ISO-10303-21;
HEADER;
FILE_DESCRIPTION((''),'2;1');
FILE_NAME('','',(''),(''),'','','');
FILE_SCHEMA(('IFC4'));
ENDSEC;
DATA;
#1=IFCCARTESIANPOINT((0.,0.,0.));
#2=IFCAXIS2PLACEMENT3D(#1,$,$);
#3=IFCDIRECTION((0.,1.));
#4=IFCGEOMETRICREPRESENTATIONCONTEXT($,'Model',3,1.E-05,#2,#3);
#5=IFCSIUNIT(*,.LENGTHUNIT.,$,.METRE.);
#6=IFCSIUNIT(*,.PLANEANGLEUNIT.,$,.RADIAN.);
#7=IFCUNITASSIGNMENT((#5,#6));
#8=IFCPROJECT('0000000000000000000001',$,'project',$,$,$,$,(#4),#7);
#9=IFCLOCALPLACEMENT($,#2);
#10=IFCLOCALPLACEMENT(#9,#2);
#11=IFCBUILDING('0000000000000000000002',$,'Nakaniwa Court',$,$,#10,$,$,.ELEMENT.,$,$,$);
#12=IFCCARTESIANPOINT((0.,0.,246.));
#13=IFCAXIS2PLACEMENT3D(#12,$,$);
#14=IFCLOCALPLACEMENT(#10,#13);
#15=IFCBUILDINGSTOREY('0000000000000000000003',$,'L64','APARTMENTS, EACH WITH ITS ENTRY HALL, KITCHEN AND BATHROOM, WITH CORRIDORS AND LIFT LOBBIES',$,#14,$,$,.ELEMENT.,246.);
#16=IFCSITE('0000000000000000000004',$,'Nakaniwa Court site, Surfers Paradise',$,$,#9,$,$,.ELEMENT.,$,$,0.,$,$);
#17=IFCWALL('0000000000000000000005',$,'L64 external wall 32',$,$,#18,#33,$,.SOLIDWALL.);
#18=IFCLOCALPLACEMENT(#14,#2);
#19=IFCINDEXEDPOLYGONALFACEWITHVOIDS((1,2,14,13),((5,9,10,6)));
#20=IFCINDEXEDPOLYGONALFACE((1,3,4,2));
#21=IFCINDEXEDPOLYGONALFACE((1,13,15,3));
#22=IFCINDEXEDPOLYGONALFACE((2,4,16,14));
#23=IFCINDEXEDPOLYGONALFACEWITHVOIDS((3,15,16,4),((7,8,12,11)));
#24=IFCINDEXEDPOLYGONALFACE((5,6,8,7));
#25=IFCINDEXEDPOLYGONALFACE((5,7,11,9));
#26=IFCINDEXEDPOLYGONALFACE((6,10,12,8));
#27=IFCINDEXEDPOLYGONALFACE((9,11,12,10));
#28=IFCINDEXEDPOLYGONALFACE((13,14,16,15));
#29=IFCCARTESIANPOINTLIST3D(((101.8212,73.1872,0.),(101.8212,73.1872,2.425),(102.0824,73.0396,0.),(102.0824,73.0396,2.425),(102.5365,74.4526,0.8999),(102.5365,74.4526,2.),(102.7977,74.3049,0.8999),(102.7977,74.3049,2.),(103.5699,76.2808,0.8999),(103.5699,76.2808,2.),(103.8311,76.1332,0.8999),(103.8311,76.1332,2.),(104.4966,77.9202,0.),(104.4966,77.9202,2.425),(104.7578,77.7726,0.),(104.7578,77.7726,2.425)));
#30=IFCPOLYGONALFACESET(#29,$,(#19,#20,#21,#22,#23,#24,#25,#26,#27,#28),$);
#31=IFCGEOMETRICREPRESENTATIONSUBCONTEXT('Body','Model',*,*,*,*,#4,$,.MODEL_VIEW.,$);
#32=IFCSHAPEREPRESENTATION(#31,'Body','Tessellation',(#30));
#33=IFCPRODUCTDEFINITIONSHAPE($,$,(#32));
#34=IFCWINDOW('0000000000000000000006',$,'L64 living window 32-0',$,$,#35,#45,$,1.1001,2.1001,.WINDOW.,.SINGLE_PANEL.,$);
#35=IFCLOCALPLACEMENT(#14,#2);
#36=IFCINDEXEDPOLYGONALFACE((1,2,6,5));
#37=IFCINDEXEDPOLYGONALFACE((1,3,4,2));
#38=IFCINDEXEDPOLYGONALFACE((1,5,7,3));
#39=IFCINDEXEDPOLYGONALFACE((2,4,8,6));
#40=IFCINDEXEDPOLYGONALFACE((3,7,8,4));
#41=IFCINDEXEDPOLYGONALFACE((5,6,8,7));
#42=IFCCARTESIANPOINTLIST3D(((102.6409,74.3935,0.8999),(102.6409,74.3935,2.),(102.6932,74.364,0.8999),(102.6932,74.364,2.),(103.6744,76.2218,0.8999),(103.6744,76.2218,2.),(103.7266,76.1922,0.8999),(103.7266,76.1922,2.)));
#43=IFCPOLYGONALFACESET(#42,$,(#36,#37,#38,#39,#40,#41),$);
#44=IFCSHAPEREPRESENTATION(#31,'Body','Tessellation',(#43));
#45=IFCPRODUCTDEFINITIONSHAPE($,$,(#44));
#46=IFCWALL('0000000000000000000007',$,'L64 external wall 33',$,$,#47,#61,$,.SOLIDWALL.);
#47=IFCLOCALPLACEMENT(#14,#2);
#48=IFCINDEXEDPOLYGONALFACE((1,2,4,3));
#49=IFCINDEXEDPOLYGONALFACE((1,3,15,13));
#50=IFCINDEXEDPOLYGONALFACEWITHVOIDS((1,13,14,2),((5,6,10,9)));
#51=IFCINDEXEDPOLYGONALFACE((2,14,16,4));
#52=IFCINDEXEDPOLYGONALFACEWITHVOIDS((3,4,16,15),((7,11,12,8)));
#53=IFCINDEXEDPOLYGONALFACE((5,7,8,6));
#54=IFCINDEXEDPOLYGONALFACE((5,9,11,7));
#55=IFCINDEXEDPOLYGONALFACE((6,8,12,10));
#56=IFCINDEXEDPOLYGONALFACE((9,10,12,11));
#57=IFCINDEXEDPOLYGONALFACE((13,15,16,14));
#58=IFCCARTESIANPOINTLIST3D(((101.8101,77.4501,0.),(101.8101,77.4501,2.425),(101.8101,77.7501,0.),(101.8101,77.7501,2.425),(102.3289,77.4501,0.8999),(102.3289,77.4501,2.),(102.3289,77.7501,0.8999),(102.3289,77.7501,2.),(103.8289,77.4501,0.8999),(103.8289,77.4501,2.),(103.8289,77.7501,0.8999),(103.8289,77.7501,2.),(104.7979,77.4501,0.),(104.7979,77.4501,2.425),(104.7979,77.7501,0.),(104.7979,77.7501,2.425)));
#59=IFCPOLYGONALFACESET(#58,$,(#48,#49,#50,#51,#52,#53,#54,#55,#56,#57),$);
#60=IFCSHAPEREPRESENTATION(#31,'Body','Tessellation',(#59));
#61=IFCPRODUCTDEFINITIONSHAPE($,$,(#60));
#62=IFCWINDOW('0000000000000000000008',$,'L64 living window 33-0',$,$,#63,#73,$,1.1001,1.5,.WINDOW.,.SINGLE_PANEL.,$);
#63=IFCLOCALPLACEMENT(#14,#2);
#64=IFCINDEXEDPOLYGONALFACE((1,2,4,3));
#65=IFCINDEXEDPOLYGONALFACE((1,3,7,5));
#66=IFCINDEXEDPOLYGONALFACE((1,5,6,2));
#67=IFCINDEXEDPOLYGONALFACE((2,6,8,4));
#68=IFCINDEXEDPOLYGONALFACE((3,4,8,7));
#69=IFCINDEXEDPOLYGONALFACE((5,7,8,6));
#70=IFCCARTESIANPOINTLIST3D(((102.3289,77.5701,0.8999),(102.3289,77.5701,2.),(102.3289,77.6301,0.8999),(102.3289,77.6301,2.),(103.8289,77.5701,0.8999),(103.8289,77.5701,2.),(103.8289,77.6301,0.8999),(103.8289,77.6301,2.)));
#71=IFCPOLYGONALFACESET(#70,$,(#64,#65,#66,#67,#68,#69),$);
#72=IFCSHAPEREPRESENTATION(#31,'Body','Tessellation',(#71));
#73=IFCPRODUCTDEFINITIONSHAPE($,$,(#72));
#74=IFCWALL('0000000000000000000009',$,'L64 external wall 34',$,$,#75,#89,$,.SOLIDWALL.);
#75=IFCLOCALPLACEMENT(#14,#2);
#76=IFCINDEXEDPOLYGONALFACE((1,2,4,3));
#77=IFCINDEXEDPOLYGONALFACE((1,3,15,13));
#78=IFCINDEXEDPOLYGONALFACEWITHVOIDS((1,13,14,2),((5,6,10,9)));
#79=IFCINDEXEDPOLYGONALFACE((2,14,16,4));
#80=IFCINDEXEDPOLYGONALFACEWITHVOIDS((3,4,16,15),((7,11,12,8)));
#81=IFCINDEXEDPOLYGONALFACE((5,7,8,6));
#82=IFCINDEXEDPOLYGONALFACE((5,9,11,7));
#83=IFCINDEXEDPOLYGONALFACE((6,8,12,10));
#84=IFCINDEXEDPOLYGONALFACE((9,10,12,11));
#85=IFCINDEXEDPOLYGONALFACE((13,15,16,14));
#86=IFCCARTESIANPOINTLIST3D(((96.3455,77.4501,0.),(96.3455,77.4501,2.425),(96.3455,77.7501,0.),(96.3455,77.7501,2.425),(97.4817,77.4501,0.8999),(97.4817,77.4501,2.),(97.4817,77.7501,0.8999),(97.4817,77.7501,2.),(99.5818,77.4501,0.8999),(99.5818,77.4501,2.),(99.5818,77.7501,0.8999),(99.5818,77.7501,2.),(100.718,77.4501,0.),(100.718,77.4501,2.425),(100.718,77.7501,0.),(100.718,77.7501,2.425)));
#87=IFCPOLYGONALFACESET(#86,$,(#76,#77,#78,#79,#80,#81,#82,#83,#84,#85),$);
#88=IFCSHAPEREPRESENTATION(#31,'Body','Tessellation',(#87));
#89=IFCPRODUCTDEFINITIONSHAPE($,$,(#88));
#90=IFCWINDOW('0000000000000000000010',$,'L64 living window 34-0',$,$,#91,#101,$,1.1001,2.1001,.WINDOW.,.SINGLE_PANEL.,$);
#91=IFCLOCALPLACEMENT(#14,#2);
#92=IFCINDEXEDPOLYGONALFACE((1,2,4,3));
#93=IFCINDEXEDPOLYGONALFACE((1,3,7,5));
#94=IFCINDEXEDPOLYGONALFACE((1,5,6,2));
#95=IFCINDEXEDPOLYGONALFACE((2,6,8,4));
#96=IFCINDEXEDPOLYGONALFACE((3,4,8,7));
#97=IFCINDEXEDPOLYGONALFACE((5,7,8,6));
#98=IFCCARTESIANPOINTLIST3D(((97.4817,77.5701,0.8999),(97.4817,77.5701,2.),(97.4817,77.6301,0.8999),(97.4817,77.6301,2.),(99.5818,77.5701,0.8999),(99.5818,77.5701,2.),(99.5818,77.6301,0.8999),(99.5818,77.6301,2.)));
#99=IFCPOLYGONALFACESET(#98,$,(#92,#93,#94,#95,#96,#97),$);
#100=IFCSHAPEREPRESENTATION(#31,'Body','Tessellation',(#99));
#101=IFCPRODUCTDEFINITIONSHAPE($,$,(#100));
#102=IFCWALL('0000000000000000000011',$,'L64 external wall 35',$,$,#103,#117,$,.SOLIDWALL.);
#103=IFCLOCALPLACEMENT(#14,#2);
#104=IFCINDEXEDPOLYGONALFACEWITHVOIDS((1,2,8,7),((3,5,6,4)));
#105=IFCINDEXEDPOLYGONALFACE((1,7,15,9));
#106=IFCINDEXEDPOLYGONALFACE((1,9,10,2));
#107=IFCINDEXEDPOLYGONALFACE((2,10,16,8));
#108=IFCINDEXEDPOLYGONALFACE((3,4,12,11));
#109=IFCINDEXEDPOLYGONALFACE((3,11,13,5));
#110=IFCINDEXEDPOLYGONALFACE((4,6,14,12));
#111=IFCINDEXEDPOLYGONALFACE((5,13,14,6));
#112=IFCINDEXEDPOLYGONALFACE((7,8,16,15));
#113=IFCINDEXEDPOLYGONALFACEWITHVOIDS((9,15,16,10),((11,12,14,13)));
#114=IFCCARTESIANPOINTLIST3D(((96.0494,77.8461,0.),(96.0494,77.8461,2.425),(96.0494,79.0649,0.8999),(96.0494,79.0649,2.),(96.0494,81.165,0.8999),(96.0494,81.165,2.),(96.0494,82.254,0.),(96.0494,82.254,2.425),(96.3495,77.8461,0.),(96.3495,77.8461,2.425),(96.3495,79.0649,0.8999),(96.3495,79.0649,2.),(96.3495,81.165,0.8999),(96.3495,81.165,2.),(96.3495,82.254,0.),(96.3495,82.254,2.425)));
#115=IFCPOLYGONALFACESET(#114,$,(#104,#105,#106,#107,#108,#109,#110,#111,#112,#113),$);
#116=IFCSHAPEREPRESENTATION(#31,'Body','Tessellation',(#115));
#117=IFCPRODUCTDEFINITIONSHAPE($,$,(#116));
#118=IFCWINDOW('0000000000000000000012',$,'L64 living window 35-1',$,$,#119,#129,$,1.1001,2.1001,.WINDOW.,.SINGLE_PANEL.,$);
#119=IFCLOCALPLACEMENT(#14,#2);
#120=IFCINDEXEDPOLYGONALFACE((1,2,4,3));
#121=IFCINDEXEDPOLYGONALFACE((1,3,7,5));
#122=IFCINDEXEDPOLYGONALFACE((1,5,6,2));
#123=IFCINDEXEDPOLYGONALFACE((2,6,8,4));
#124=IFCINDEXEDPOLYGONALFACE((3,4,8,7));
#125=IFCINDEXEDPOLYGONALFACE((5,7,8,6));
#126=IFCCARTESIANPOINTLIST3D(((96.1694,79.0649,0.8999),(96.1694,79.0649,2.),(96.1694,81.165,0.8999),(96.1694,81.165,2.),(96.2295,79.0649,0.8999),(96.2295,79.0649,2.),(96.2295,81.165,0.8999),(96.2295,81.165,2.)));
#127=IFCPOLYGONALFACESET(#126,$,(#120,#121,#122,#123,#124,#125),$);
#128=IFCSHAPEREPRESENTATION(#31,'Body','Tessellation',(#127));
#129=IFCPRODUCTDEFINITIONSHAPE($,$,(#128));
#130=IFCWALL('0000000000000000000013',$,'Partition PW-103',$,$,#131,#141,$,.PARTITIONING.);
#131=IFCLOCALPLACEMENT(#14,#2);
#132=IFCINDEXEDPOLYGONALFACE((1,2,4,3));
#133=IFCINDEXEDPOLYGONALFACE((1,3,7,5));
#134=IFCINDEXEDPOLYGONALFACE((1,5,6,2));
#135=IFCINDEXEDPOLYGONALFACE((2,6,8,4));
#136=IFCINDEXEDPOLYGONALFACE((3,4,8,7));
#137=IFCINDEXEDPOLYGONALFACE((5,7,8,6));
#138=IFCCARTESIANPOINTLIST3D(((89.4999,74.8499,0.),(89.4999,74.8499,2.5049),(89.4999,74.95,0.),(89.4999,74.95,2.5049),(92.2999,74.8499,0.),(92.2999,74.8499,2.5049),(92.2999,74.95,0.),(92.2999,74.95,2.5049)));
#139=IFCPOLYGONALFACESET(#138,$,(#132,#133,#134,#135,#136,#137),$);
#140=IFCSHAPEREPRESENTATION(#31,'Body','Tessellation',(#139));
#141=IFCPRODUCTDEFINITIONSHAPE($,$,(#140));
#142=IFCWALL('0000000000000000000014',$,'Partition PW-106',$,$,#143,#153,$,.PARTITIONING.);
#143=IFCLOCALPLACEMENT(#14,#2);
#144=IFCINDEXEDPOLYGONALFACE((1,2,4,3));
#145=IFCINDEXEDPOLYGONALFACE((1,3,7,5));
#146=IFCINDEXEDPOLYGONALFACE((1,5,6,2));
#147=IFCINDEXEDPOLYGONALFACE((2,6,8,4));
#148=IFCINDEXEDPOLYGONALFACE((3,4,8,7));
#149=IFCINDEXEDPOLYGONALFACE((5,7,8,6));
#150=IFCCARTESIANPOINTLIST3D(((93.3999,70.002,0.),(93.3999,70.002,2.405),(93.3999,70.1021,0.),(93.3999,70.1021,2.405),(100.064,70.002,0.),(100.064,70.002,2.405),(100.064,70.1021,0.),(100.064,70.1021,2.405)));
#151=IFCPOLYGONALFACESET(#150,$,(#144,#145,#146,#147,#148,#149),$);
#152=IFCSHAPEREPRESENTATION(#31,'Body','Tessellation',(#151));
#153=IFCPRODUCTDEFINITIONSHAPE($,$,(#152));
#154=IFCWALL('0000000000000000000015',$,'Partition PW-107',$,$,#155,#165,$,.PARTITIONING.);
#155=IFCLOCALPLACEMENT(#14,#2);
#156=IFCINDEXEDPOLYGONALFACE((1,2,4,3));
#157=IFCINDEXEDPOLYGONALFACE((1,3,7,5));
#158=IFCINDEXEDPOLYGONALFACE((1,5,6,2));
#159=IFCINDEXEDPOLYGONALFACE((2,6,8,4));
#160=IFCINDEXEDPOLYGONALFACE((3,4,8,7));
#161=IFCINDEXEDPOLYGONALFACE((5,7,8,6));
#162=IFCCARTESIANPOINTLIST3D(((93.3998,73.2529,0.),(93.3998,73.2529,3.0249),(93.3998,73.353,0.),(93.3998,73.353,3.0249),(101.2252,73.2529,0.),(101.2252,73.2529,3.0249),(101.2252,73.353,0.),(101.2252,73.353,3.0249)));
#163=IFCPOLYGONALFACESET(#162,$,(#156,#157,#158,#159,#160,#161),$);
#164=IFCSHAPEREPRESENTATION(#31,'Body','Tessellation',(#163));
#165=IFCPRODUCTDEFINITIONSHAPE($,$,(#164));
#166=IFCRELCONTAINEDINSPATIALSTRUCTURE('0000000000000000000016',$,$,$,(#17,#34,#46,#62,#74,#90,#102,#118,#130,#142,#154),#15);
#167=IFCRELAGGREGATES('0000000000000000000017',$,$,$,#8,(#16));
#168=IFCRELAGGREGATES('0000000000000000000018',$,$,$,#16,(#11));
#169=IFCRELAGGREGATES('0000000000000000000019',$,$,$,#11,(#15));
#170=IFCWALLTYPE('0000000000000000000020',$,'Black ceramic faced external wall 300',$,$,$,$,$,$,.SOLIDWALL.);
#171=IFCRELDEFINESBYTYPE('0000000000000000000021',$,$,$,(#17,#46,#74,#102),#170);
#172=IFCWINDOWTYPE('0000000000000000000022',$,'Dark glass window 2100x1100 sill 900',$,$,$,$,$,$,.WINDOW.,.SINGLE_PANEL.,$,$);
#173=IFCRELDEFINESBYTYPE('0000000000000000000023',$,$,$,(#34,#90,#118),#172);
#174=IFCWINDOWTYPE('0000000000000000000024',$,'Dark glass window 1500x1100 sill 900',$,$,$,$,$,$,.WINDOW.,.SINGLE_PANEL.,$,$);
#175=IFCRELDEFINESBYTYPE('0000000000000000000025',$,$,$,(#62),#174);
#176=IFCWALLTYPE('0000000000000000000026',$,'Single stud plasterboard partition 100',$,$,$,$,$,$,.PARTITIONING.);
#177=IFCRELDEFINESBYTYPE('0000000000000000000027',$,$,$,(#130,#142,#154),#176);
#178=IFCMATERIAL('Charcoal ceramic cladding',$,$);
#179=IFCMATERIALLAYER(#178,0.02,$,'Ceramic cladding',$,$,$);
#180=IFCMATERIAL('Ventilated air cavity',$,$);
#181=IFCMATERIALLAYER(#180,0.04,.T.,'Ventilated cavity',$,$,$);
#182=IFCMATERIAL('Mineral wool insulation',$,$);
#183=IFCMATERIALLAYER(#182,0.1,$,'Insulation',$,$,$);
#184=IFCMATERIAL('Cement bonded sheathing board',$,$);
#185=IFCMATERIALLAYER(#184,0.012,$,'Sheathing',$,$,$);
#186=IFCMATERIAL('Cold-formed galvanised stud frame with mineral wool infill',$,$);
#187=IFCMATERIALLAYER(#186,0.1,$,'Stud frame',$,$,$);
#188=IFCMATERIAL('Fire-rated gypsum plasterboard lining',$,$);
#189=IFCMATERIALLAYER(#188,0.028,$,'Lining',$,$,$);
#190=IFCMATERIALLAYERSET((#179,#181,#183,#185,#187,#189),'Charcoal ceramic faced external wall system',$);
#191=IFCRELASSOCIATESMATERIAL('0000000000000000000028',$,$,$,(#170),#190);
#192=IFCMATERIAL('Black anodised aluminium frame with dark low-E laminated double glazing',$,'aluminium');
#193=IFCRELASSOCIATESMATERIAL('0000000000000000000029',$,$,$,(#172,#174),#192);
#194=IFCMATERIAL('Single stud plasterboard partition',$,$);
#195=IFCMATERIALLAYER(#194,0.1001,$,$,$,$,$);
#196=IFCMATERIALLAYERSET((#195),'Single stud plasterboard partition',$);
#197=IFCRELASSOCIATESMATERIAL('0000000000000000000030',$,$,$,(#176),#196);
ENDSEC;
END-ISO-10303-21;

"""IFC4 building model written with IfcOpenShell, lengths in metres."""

from ifc_helpers import new_model, si_unit, direction, frame, frame_2d, origin, place, context, subcontext, project, spatial, rectangle, extrude, material, layer, layer_set, type_object, element, fill, save


model = new_model("IFC4")

# Units and contexts
model_context = context("Model", 3, precision=1e-05, world=origin(), true_north=direction((0.0, 1.0)))
body_context = subcontext(model_context, "Body", "Model", "MODEL_VIEW")
ifc_project = project(units=[si_unit("LENGTHUNIT", "METRE"), si_unit("PLANEANGLEUNIT", "RADIAN")], contexts=[model_context])

# Site, building, storey
site_placement = place(None, origin())
site = spatial("IfcSite", under=ifc_project, at=site_placement, Name="Nakaniwa Court site, Surfers Paradise", CompositionType="ELEMENT", RefElevation=0.0)
building_placement = place(site_placement, origin())
building = spatial("IfcBuilding", under=site, at=building_placement, Name="Nakaniwa Court", CompositionType="ELEMENT")
storey_placement = place(building_placement, frame((0.0, 0.0, 246.0)))
storey = spatial("IfcBuildingStorey", under=building, at=storey_placement, Name="L64", Description="APARTMENTS, EACH WITH ITS ENTRY HALL, KITCHEN AND BATHROOM, WITH CORRIDORS AND LIFT LOBBIES", CompositionType="ELEMENT", Elevation=246.0)

# Walls, openings, windows
ifc_material_1 = material(Name="Charcoal ceramic cladding")
ifc_layer_1 = layer(ifc_material_1, 0.02, Name="Ceramic cladding")
ifc_material_2 = material(Name="Ventilated air cavity")
ifc_layer_2 = layer(ifc_material_2, 0.04, ventilated=True, Name="Ventilated cavity")
ifc_material_3 = material(Name="Mineral wool insulation")
ifc_layer_3 = layer(ifc_material_3, 0.1, Name="Insulation")
ifc_material_4 = material(Name="Cement bonded sheathing board")
ifc_layer_4 = layer(ifc_material_4, 0.012, Name="Sheathing")
ifc_material_5 = material(Name="Cold-formed galvanised stud frame with mineral wool infill")
ifc_layer_5 = layer(ifc_material_5, 0.1, Name="Stud frame")
ifc_material_6 = material(Name="Fire-rated gypsum plasterboard lining")
ifc_layer_6 = layer(ifc_material_6, 0.028, Name="Lining")
ifc_layer_set_1 = layer_set([ifc_layer_1, ifc_layer_2, ifc_layer_3, ifc_layer_4, ifc_layer_5, ifc_layer_6], Name="Charcoal ceramic faced external wall system")
wall_type_1 = type_object("IfcWallType", Name="Black ceramic faced external wall 300", PredefinedType="SOLIDWALL", material=ifc_layer_set_1)
wall_1_placement = place(storey_placement, frame((101.9519, 73.1135, 0.0), z_axis=(0.0, 0.0, 1.0), x_axis=(0.492081, 0.870549, 0.0)))
wall_1 = element("IfcWall", 1, at=wall_1_placement, inside=storey, type_object=wall_type_1, Name="L64 external wall 32", PredefinedType="SOLIDWALL", context=body_context, shape_type="SweptSolid", body=[
    extrude(rectangle(XDim=5.4368, YDim=0.3, at=frame_2d((2.7183, 0.0))), origin(), (0.0, 0.0, 1.0), 2.425),
])
opening_1_placement = place(wall_1_placement, frame((1.4534, 0.0, 0.8999)))
opening_1 = element("IfcOpeningElement", 2, at=opening_1_placement, cuts=wall_1, PredefinedType="OPENING", context=body_context, shape_type="SweptSolid", body=[
    extrude(rectangle(XDim=2.1001, YDim=1.1001, at=frame_2d((1.05, 0.55))), frame((0.0, 0.1599, 0.0), z_axis=(0.0, -1.0, 0.0), x_axis=(1.0, 0.0, 0.0)), (0.0, 0.0, 1.0), 0.3201),
])
ifc_material_7 = material(Name="Black anodised aluminium frame with dark low-E laminated double glazing", Category="aluminium")
window_type_1 = type_object("IfcWindowType", Name="Dark glass window 2100x1100 sill 900", PartitioningType="SINGLE_PANEL", PredefinedType="WINDOW", material=ifc_material_7)
window_1_placement = place(opening_1_placement, origin())
window_1 = element("IfcWindow", 3, at=window_1_placement, inside=storey, type_object=window_type_1, Name="L64 living window 32-0", OverallHeight=1.1001, OverallWidth=2.1001, PartitioningType="SINGLE_PANEL", PredefinedType="WINDOW", context=body_context, shape_type="SweptSolid", body=[
    extrude(rectangle(XDim=2.1001, YDim=1.1001, at=frame_2d((1.05, 0.55))), frame((0.0, 0.03, 0.0), z_axis=(0.0, -1.0, 0.0), x_axis=(1.0, 0.0, 0.0)), (0.0, 0.0, 1.0), 0.0601),
])
fill(opening_1, window_1)
wall_2_placement = place(storey_placement, frame((104.7979, 77.6001, 0.0), z_axis=(0.0, 0.0, 1.0), x_axis=(-1.0, 0.0, 0.0)))
wall_2 = element("IfcWall", 4, at=wall_2_placement, inside=storey, type_object=wall_type_1, Name="L64 external wall 33", PredefinedType="SOLIDWALL", context=body_context, shape_type="SweptSolid", body=[
    extrude(rectangle(XDim=2.9878, YDim=0.3, at=frame_2d((1.4939, 0.0))), origin(), (0.0, 0.0, 1.0), 2.425),
])
opening_2_placement = place(wall_2_placement, frame((0.969, 0.0, 0.8999)))
opening_2 = element("IfcOpeningElement", 5, at=opening_2_placement, cuts=wall_2, PredefinedType="OPENING", context=body_context, shape_type="SweptSolid", body=[
    extrude(rectangle(XDim=1.5, YDim=1.1001, at=frame_2d((0.75, 0.55))), frame((0.0, 0.1599, 0.0), z_axis=(0.0, -1.0, 0.0), x_axis=(1.0, 0.0, 0.0)), (0.0, 0.0, 1.0), 0.3201),
])
window_type_2 = type_object("IfcWindowType", Name="Dark glass window 1500x1100 sill 900", PartitioningType="SINGLE_PANEL", PredefinedType="WINDOW", material=ifc_material_7)
window_2_placement = place(opening_2_placement, origin())
window_2 = element("IfcWindow", 6, at=window_2_placement, inside=storey, type_object=window_type_2, Name="L64 living window 33-0", OverallHeight=1.1001, OverallWidth=1.5, PartitioningType="SINGLE_PANEL", PredefinedType="WINDOW", context=body_context, shape_type="SweptSolid", body=[
    extrude(rectangle(XDim=1.5, YDim=1.1001, at=frame_2d((0.75, 0.55))), frame((0.0, 0.03, 0.0), z_axis=(0.0, -1.0, 0.0), x_axis=(1.0, 0.0, 0.0)), (0.0, 0.0, 1.0), 0.0601),
])
fill(opening_2, window_2)
wall_3_placement = place(storey_placement, frame((100.718, 77.6001, 0.0), z_axis=(0.0, 0.0, 1.0), x_axis=(-1.0, 0.0, 0.0)))
wall_3 = element("IfcWall", 7, at=wall_3_placement, inside=storey, type_object=wall_type_1, Name="L64 external wall 34", PredefinedType="SOLIDWALL", context=body_context, shape_type="SweptSolid", body=[
    extrude(rectangle(XDim=4.3726, YDim=0.3, at=frame_2d((2.1863, 0.0))), origin(), (0.0, 0.0, 1.0), 2.425),
])
opening_3_placement = place(wall_3_placement, frame((1.1362, 0.0, 0.8999)))
opening_3 = element("IfcOpeningElement", 8, at=opening_3_placement, cuts=wall_3, PredefinedType="OPENING", context=body_context, shape_type="SweptSolid", body=[
    extrude(rectangle(XDim=2.1001, YDim=1.1001, at=frame_2d((1.05, 0.55))), frame((0.0, 0.1599, 0.0), z_axis=(0.0, -1.0, 0.0), x_axis=(1.0, 0.0, 0.0)), (0.0, 0.0, 1.0), 0.3201),
])
window_3_placement = place(opening_3_placement, origin())
window_3 = element("IfcWindow", 9, at=window_3_placement, inside=storey, type_object=window_type_1, Name="L64 living window 34-0", OverallHeight=1.1001, OverallWidth=2.1001, PartitioningType="SINGLE_PANEL", PredefinedType="WINDOW", context=body_context, shape_type="SweptSolid", body=[
    extrude(rectangle(XDim=2.1001, YDim=1.1001, at=frame_2d((1.05, 0.55))), frame((0.0, 0.03, 0.0), z_axis=(0.0, -1.0, 0.0), x_axis=(1.0, 0.0, 0.0)), (0.0, 0.0, 1.0), 0.0601),
])
fill(opening_3, window_3)
wall_4_placement = place(storey_placement, frame((96.1995, 77.8459, 0.0), z_axis=(0.0, 0.0, 1.0), x_axis=(0.0, 1.0, 0.0)))
wall_4 = element("IfcWall", 10, at=wall_4_placement, inside=storey, type_object=wall_type_1, Name="L64 external wall 35", PredefinedType="SOLIDWALL", context=body_context, shape_type="SweptSolid", body=[
    extrude(rectangle(XDim=4.408, YDim=0.3, at=frame_2d((2.2041, 0.0))), origin(), (0.0, 0.0, 1.0), 2.425),
])
opening_4_placement = place(wall_4_placement, frame((1.219, 0.0, 0.8999)))
opening_4 = element("IfcOpeningElement", 11, at=opening_4_placement, cuts=wall_4, PredefinedType="OPENING", context=body_context, shape_type="SweptSolid", body=[
    extrude(rectangle(XDim=2.1001, YDim=1.1001, at=frame_2d((1.05, 0.55))), frame((0.0, 0.1599, 0.0), z_axis=(0.0, -1.0, 0.0), x_axis=(1.0, 0.0, 0.0)), (0.0, 0.0, 1.0), 0.3201),
])
window_4_placement = place(opening_4_placement, origin())
window_4 = element("IfcWindow", 12, at=window_4_placement, inside=storey, type_object=window_type_1, Name="L64 living window 35-1", OverallHeight=1.1001, OverallWidth=2.1001, PartitioningType="SINGLE_PANEL", PredefinedType="WINDOW", context=body_context, shape_type="SweptSolid", body=[
    extrude(rectangle(XDim=2.1001, YDim=1.1001, at=frame_2d((1.05, 0.55))), frame((0.0, 0.03, 0.0), z_axis=(0.0, -1.0, 0.0), x_axis=(1.0, 0.0, 0.0)), (0.0, 0.0, 1.0), 0.0601),
])
fill(opening_4, window_4)

# Walls
ifc_material_8 = material(Name="Single stud plasterboard partition")
ifc_layer_7 = layer(ifc_material_8, 0.1001)
ifc_layer_set_2 = layer_set([ifc_layer_7], Name="Single stud plasterboard partition")
wall_type_2 = type_object("IfcWallType", Name="Single stud plasterboard partition 100", PredefinedType="PARTITIONING", material=ifc_layer_set_2)
wall_5_placement = place(storey_placement, frame((89.5, 74.8999, 0.0), z_axis=(0.0, 0.0, 1.0), x_axis=(1.0, 0.0, 0.0)))
element("IfcWall", 13, at=wall_5_placement, inside=storey, type_object=wall_type_2, Name="Partition PW-103", PredefinedType="PARTITIONING", context=body_context, shape_type="SweptSolid", body=[
    extrude(rectangle(XDim=2.8, YDim=0.1001, at=frame_2d((1.3999, 0.0))), origin(), (0.0, 0.0, 1.0), 2.5049),
])
wall_6_placement = place(storey_placement, frame((93.3999, 70.052, 0.0), z_axis=(0.0, 0.0, 1.0), x_axis=(1.0, 0.0, 0.0)))
element("IfcWall", 14, at=wall_6_placement, inside=storey, type_object=wall_type_2, Name="Partition PW-106", PredefinedType="PARTITIONING", context=body_context, shape_type="SweptSolid", body=[
    extrude(rectangle(XDim=6.6641, YDim=0.1001, at=frame_2d((3.332, 0.0))), origin(), (0.0, 0.0, 1.0), 2.405),
])
wall_7_placement = place(storey_placement, frame((93.3999, 73.303, 0.0), z_axis=(0.0, 0.0, 1.0), x_axis=(1.0, 0.0, 0.0)))
element("IfcWall", 15, at=wall_7_placement, inside=storey, type_object=wall_type_2, Name="Partition PW-107", PredefinedType="PARTITIONING", context=body_context, shape_type="SweptSolid", body=[
    extrude(rectangle(XDim=7.8254, YDim=0.1001, at=frame_2d((3.9126, 0.0))), origin(), (0.0, 0.0, 1.0), 3.0249),
])

save(model, "model.ifc")
